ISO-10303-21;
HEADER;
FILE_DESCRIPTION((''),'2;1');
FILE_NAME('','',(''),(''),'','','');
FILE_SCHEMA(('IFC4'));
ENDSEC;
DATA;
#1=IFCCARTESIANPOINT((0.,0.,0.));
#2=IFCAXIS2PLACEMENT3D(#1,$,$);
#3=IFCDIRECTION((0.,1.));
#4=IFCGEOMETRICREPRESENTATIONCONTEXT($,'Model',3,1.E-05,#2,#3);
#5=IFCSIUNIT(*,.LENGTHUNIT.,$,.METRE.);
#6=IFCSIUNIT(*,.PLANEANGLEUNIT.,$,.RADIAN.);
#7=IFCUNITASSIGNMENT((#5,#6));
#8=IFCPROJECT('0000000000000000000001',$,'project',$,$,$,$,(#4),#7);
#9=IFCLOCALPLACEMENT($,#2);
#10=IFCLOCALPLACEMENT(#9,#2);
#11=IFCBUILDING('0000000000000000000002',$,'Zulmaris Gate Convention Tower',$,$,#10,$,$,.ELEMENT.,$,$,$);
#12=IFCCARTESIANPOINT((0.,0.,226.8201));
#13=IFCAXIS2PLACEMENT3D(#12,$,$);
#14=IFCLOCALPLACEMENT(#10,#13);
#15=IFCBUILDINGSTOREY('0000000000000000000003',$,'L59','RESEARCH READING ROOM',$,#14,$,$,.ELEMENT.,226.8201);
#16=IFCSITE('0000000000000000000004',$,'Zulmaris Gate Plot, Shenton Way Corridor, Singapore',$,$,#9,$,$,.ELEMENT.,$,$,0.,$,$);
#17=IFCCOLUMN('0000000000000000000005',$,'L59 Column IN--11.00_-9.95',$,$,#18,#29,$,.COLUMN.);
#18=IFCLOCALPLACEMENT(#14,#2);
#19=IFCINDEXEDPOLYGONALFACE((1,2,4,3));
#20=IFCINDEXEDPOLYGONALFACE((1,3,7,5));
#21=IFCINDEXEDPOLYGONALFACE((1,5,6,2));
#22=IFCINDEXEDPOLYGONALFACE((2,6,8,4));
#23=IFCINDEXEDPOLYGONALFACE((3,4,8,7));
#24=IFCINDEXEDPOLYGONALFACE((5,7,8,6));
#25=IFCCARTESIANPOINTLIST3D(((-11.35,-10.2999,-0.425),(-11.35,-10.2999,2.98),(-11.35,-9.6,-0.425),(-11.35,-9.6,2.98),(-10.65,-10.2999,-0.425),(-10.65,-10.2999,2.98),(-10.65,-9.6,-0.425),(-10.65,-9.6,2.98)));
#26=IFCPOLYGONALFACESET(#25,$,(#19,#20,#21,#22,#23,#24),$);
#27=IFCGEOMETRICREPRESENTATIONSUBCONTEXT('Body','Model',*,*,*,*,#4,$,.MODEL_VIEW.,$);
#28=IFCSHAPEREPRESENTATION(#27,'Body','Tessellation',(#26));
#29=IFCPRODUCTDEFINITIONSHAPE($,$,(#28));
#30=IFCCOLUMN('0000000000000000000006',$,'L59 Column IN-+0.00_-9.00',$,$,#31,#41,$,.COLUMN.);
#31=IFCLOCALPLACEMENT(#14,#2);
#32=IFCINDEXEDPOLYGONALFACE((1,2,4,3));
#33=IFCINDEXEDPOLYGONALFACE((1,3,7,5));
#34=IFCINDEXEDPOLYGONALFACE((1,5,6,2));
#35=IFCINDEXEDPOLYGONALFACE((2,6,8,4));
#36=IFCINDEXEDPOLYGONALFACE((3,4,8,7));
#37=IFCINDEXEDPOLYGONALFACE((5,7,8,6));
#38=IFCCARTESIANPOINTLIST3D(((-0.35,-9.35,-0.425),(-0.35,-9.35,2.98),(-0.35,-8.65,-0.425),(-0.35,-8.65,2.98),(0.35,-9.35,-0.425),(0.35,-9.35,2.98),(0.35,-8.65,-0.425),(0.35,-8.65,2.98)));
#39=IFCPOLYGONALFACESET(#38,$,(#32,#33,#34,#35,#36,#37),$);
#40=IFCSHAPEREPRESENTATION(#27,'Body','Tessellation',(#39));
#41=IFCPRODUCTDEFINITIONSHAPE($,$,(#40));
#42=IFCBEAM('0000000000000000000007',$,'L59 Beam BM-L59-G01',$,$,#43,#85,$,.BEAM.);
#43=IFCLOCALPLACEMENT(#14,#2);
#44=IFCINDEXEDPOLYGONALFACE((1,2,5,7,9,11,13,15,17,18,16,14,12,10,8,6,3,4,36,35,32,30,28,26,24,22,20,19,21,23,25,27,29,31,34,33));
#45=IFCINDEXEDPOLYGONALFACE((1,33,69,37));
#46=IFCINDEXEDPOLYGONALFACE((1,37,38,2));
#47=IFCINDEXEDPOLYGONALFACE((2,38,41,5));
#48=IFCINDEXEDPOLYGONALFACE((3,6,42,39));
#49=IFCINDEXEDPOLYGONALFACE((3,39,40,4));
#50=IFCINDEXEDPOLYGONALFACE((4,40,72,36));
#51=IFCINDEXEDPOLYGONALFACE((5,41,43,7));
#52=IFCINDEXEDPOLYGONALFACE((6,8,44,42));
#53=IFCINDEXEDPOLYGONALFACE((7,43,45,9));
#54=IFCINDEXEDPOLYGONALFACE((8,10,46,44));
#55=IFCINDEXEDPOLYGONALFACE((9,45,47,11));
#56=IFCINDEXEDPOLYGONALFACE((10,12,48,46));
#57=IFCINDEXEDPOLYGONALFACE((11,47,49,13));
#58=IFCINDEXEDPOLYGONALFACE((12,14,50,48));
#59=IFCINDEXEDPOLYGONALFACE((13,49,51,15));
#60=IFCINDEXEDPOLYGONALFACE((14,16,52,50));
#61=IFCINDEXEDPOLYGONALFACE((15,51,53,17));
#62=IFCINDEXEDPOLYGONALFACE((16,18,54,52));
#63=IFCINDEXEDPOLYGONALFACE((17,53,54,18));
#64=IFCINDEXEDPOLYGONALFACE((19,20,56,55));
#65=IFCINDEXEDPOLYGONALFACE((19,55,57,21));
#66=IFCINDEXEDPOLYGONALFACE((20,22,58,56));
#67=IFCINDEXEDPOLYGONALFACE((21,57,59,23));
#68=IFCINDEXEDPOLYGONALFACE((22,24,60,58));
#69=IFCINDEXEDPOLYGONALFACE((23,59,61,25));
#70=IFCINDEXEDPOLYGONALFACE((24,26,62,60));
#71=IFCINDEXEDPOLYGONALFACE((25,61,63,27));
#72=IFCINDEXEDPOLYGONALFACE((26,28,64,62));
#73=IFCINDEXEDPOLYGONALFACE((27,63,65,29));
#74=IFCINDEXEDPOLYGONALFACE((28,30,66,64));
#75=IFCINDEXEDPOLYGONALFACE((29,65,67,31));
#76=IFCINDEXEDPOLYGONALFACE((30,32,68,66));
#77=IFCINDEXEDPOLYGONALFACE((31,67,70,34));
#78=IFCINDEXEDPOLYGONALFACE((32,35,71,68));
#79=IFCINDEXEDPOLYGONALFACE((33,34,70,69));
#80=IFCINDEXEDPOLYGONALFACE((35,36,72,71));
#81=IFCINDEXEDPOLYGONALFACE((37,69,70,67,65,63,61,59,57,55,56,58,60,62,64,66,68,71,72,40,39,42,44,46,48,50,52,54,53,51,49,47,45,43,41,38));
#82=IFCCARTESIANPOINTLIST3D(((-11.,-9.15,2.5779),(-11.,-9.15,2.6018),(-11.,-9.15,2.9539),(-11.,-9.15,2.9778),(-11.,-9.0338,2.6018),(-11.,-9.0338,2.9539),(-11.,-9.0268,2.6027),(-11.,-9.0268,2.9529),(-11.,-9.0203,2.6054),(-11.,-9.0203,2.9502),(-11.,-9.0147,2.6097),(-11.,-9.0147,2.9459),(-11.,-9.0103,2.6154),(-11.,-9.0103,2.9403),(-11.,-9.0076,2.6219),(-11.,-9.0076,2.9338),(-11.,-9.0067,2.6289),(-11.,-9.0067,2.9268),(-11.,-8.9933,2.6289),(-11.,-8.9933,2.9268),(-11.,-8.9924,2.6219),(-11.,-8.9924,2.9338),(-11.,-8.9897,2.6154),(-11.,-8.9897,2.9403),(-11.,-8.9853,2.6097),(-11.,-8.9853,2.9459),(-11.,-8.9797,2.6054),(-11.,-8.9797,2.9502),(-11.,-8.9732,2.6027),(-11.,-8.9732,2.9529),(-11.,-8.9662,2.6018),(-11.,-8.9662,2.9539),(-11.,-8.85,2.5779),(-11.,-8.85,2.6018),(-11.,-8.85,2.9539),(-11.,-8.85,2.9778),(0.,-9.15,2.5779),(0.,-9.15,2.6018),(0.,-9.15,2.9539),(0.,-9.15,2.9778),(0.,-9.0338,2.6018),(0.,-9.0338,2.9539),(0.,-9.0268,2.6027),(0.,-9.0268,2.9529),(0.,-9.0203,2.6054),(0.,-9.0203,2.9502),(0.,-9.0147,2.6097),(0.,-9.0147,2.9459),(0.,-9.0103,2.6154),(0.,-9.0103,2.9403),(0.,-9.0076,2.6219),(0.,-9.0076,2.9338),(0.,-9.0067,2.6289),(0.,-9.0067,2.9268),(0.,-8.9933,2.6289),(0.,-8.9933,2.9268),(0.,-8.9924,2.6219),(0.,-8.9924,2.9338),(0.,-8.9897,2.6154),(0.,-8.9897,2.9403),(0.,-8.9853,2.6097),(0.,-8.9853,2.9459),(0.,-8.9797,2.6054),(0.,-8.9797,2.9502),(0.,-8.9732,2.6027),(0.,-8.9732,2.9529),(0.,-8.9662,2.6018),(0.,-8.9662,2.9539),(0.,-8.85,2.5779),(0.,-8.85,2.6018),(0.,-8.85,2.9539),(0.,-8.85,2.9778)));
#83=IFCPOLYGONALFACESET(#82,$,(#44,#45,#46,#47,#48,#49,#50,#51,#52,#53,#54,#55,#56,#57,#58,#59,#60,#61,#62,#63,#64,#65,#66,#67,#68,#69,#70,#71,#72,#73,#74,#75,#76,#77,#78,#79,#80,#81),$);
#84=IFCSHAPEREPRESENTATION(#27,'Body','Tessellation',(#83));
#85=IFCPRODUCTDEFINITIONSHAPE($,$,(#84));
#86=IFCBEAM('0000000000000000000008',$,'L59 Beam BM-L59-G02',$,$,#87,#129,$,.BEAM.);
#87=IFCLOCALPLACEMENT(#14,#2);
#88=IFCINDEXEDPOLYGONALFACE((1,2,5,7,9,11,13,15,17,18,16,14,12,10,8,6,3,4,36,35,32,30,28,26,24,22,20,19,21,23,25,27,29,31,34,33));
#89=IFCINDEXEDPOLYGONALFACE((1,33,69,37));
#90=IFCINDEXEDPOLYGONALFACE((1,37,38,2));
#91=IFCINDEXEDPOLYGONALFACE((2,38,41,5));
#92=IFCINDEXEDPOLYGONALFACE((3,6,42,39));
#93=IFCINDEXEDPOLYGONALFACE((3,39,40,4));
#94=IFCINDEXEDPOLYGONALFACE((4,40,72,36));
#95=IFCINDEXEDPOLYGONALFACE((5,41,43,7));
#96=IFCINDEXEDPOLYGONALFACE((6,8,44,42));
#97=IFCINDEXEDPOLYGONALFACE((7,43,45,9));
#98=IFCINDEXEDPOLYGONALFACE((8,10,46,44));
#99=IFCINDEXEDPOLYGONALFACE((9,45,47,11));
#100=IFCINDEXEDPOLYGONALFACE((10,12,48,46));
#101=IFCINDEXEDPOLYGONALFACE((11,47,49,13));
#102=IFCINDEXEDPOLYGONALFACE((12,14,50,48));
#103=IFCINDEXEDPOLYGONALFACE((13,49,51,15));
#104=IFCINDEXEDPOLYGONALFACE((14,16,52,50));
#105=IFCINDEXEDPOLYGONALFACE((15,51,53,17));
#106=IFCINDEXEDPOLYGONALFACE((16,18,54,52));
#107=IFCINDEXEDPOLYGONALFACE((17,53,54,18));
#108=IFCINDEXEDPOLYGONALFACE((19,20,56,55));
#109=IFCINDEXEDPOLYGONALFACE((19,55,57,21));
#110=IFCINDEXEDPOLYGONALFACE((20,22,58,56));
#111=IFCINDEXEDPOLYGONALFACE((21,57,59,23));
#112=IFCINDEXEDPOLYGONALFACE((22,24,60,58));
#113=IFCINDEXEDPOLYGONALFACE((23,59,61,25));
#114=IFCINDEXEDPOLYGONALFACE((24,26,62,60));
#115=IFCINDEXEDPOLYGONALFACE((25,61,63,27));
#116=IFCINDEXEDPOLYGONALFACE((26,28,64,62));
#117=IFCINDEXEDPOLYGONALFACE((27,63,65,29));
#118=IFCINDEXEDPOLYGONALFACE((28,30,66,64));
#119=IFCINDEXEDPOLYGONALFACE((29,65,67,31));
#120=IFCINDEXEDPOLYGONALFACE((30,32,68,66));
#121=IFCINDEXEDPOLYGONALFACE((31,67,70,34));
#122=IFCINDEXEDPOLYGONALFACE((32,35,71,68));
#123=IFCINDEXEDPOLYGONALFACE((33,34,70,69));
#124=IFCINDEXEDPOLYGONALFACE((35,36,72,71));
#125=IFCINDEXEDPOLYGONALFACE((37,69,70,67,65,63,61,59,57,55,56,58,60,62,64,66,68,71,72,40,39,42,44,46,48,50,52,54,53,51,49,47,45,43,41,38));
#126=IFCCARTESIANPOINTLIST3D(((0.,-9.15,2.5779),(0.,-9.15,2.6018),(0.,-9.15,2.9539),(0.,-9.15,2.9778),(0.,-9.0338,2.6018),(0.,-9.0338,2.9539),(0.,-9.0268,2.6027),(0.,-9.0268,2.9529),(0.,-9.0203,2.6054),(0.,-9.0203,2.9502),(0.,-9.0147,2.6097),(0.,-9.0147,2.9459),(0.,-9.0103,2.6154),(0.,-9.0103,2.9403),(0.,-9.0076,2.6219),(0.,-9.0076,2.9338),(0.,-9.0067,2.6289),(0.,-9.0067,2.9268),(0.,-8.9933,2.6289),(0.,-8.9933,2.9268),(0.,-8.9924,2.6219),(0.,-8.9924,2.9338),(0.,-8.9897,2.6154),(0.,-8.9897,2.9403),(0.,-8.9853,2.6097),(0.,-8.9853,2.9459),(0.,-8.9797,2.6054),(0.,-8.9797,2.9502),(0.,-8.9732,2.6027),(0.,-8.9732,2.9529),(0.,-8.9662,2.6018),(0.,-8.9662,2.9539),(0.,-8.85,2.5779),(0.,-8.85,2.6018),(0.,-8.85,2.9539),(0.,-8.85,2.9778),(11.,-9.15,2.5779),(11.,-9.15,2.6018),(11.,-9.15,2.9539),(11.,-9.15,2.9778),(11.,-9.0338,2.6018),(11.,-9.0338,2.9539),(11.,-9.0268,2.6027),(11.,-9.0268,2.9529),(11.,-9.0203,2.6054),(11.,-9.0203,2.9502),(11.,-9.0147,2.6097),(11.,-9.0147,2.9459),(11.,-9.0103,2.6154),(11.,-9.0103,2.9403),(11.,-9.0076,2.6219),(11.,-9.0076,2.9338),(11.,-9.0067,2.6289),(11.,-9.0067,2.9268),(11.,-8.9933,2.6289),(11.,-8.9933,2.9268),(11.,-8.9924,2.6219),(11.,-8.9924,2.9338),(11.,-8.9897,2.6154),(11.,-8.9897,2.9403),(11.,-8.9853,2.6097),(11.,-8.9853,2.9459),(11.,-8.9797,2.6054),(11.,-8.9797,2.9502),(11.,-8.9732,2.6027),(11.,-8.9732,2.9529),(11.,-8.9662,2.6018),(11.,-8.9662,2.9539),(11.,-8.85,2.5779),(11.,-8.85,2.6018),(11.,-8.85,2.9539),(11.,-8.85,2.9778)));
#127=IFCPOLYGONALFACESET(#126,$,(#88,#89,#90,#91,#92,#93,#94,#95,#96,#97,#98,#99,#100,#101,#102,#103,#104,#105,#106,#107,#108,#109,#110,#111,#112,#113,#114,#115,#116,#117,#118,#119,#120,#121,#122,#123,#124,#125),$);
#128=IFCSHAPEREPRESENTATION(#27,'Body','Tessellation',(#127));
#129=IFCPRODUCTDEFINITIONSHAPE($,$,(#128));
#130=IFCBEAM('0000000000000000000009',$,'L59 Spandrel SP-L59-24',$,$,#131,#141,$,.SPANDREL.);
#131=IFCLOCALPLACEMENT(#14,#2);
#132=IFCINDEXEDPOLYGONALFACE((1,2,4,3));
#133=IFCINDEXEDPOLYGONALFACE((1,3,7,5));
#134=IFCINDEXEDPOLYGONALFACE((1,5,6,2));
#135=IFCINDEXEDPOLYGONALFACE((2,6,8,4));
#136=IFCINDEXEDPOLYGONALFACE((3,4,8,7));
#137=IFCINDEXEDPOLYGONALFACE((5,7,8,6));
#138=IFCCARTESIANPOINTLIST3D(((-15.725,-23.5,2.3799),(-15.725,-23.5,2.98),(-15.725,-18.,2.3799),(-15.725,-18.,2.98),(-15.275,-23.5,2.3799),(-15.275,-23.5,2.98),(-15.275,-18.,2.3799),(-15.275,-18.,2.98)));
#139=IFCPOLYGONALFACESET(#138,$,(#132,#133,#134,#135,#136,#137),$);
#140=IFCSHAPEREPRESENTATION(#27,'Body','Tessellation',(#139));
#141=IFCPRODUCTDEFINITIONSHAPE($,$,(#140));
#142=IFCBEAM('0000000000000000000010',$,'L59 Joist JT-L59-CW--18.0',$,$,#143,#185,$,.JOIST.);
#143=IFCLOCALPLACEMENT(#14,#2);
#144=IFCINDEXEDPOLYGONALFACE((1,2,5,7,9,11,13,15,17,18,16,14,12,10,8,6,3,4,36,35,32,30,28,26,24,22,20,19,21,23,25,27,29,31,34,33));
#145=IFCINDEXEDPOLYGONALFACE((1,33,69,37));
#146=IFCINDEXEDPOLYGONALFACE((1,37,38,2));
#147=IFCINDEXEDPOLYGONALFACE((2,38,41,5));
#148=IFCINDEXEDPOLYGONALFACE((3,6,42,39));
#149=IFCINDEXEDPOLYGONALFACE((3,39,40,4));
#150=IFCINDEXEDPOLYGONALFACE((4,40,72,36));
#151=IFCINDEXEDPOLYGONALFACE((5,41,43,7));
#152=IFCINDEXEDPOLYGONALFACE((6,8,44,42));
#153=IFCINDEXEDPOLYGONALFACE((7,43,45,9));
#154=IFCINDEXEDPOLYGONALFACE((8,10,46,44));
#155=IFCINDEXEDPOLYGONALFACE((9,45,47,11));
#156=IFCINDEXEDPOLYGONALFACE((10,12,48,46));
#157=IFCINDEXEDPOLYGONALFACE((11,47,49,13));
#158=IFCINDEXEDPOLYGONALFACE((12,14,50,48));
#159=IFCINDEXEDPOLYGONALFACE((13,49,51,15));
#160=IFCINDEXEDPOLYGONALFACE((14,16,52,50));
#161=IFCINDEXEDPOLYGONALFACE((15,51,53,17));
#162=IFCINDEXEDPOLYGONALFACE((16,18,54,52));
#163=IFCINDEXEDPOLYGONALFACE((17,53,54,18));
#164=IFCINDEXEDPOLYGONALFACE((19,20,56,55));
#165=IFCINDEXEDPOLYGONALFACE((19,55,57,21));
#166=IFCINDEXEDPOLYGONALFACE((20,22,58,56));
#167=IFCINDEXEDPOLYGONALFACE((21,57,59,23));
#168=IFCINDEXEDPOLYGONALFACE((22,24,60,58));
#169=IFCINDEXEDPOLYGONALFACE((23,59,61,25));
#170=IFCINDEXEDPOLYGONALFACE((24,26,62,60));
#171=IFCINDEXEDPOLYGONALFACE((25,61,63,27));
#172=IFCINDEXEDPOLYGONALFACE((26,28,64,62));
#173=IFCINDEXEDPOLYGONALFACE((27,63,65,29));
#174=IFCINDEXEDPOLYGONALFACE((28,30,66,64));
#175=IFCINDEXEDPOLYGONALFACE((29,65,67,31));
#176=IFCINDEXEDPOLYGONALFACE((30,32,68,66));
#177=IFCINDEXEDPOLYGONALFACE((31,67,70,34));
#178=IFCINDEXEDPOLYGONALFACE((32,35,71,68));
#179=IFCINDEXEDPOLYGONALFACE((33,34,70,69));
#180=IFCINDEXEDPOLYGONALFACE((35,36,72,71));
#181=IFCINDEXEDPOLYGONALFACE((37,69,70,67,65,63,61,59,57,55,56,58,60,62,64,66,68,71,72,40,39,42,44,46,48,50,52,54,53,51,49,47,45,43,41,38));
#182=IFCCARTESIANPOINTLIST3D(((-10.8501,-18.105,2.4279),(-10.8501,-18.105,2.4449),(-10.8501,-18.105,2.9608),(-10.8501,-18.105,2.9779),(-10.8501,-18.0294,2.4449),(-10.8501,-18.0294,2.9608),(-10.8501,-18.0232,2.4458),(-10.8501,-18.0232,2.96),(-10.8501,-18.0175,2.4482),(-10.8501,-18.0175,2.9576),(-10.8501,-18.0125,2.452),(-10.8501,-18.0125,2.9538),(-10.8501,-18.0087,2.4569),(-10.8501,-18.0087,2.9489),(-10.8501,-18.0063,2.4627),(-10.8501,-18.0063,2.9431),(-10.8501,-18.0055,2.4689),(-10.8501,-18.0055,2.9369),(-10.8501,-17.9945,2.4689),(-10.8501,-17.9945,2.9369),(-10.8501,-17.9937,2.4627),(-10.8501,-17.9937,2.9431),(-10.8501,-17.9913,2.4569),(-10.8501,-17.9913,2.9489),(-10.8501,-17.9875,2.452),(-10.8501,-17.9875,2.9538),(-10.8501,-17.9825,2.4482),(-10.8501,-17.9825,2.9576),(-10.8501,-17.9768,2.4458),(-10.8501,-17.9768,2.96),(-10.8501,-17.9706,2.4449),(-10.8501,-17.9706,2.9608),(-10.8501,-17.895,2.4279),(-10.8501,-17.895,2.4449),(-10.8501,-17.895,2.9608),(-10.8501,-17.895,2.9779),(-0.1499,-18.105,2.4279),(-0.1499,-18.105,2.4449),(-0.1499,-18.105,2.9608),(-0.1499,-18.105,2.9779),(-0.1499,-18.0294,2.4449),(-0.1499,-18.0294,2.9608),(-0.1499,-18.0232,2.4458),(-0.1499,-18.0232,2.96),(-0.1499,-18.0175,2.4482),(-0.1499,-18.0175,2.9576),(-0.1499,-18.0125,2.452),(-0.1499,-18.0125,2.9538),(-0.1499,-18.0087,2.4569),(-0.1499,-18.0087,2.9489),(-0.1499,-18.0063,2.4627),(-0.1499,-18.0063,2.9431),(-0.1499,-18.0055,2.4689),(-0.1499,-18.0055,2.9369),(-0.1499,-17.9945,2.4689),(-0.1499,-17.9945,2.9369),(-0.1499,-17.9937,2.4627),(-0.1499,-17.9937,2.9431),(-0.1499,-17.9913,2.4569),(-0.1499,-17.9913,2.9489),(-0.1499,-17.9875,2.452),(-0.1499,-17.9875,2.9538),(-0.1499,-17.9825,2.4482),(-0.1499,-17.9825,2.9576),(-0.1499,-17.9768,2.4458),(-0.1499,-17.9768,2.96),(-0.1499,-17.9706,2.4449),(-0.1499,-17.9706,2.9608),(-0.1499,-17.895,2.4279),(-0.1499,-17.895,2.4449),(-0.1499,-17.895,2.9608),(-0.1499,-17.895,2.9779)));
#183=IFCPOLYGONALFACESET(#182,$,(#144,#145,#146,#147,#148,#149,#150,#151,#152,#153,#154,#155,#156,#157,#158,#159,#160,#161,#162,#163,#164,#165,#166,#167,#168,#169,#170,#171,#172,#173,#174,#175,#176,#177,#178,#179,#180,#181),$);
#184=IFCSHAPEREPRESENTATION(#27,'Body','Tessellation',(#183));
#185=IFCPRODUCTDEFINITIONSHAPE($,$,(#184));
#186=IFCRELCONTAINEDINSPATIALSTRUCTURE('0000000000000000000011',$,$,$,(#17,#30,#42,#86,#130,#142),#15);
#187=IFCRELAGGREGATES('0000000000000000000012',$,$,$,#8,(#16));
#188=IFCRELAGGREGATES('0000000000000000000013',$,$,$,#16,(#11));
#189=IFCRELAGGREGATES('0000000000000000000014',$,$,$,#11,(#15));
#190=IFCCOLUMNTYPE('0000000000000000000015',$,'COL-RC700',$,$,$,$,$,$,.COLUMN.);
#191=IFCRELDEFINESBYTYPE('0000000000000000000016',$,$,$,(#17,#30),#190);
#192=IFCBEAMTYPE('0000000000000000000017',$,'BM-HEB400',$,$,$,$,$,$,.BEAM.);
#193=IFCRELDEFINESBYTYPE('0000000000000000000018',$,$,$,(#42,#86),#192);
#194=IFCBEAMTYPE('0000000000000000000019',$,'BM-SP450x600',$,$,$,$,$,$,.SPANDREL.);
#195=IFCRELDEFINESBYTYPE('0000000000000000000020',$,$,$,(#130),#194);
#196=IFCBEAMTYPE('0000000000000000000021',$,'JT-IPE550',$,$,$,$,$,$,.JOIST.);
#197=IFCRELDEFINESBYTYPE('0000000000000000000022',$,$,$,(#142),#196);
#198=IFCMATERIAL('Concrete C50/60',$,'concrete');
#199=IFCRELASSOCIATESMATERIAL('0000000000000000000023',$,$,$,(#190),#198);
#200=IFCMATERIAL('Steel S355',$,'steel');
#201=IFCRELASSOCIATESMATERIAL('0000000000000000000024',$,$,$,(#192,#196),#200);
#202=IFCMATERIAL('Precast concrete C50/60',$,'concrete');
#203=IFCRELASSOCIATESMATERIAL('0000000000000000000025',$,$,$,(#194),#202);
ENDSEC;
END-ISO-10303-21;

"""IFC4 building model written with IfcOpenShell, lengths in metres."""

from ifc_helpers import new_model, si_unit, direction, frame, origin, origin_2d, place, context, subcontext, project, spatial, rectangle, i_section, extrude, material, material_profile, profile_set, type_object, element, save


model = new_model("IFC4")

# Units and contexts
model_context = context("Model", 3, precision=1e-05, world=origin(), true_north=direction((0.0, 1.0)))
body_context = subcontext(model_context, "Body", "Model", "MODEL_VIEW")
ifc_project = project(units=[si_unit("LENGTHUNIT", "METRE"), si_unit("PLANEANGLEUNIT", "RADIAN")], contexts=[model_context])

# Site, building, storey
site_placement = place(None, origin())
site = spatial("IfcSite", under=ifc_project, at=site_placement, Name="Zulmaris Gate Plot, Shenton Way Corridor, Singapore", CompositionType="ELEMENT", RefElevation=0.0)
building_placement = place(site_placement, origin())
building = spatial("IfcBuilding", under=site, at=building_placement, Name="Zulmaris Gate Convention Tower", CompositionType="ELEMENT")
storey_placement = place(building_placement, frame((0.0, 0.0, 226.8201)))
storey = spatial("IfcBuildingStorey", under=building, at=storey_placement, Name="L59", Description="RESEARCH READING ROOM", CompositionType="ELEMENT", Elevation=226.8201)

# Columns
ifc_material_1 = material(Name="Concrete C50/60", Category="concrete")
ifc_material_profile_1 = material_profile(ifc_material_1, rectangle(XDim=0.7, YDim=0.7, at=origin_2d()), Name="RC COL 700x700")
ifc_profile_set_1 = profile_set([ifc_material_profile_1], Name="Concrete C50/60")
column_type = type_object("IfcColumnType", Name="COL-RC700", PredefinedType="COLUMN", material=ifc_profile_set_1)
for number, where, z_axis, x_axis, name in (
    (1, (-11.0, -9.95, -0.425), (0.0, 0.0, 1.0), (1.0, 0.0, 0.0), "L59 Column IN--11.00_-9.95"),
    (2, (0.0, -9.0, -0.425), (0.0, 0.0, 1.0), (1.0, 0.0, 0.0), "L59 Column IN-+0.00_-9.00"),
):
    element("IfcColumn", number, at=place(storey_placement, frame(where, z_axis=z_axis, x_axis=x_axis)), inside=storey, type_object=column_type, Name=name, PredefinedType="COLUMN", context=body_context, shape_type="SweptSolid", body=[
        extrude(rectangle(XDim=0.7, YDim=0.7, at=origin_2d()), origin(), (0.0, 0.0, 1.0), 3.405),
    ])

# Beams
ifc_material_2 = material(Name="Steel S355", Category="steel")
ifc_material_profile_2 = material_profile(ifc_material_2, i_section(OverallWidth=0.3, OverallDepth=0.3999, WebThickness=0.0134, FlangeThickness=0.0239, FilletRadius=0.0271, at=origin_2d()), Name="HEB 400")
ifc_profile_set_2 = profile_set([ifc_material_profile_2], Name="Steel S355")
beam_type_1 = type_object("IfcBeamType", Name="BM-HEB400", PredefinedType="BEAM", material=ifc_profile_set_2)
for number, where, z_axis, x_axis, name in (
    (3, (-11.0, -9.0, 2.7778), (1.0, 0.0, 0.0), (0.0, 1.0, 0.0), "L59 Beam BM-L59-G01"),
    (4, (0.0, -9.0, 2.7778), (1.0, 0.0, 0.0), (0.0, 1.0, 0.0), "L59 Beam BM-L59-G02"),
):
    element("IfcBeam", number, at=place(storey_placement, frame(where, z_axis=z_axis, x_axis=x_axis)), inside=storey, type_object=beam_type_1, Name=name, PredefinedType="BEAM", context=body_context, shape_type="SweptSolid", body=[
        extrude(i_section(OverallWidth=0.3, OverallDepth=0.3999, WebThickness=0.0134, FlangeThickness=0.0239, FilletRadius=0.0271, at=origin_2d()), origin(), (0.0, 0.0, 1.0), 11.0),
    ])
ifc_material_3 = material(Name="Precast concrete C50/60", Category="concrete")
ifc_material_profile_3 = material_profile(ifc_material_3, rectangle(XDim=0.45, YDim=0.6001, at=origin_2d()), Name="RC SPANDREL 450x600")
ifc_profile_set_3 = profile_set([ifc_material_profile_3], Name="Precast concrete C50/60")
beam_type_2 = type_object("IfcBeamType", Name="BM-SP450x600", PredefinedType="SPANDREL", material=ifc_profile_set_3)
beam_placement = place(storey_placement, frame((-15.5, -18.0, 2.6799), z_axis=(0.0, -1.0, 0.0), x_axis=(1.0, 0.0, 0.0)))
element("IfcBeam", 5, at=beam_placement, inside=storey, type_object=beam_type_2, Name="L59 Spandrel SP-L59-24", PredefinedType="SPANDREL", context=body_context, shape_type="SweptSolid", body=[
    extrude(rectangle(XDim=0.45, YDim=0.6001, at=origin_2d()), origin(), (0.0, 0.0, 1.0), 5.5),
])
ifc_material_profile_4 = material_profile(ifc_material_2, i_section(OverallWidth=0.21, OverallDepth=0.55, WebThickness=0.011, FlangeThickness=0.0171, FilletRadius=0.0239, at=origin_2d()), Name="IPE 550")
ifc_profile_set_4 = profile_set([ifc_material_profile_4], Name="Steel S355")
beam_type_3 = type_object("IfcBeamType", Name="JT-IPE550", PredefinedType="JOIST", material=ifc_profile_set_4)
for number, where, z_axis, x_axis, name in (
    (6, (-10.8501, -18.0, 2.7029), (1.0, 0.0, 0.0), (0.0, 1.0, 0.0), "L59 Joist JT-L59-CW--18.0"),
):
    element("IfcBeam", number, at=place(storey_placement, frame(where, z_axis=z_axis, x_axis=x_axis)), inside=storey, type_object=beam_type_3, Name=name, PredefinedType="JOIST", context=body_context, shape_type="SweptSolid", body=[
        extrude(i_section(OverallWidth=0.21, OverallDepth=0.55, WebThickness=0.011, FlangeThickness=0.0171, FilletRadius=0.0239, at=origin_2d()), origin(), (0.0, 0.0, 1.0), 10.7002),
    ])

save(model, "model.ifc")
